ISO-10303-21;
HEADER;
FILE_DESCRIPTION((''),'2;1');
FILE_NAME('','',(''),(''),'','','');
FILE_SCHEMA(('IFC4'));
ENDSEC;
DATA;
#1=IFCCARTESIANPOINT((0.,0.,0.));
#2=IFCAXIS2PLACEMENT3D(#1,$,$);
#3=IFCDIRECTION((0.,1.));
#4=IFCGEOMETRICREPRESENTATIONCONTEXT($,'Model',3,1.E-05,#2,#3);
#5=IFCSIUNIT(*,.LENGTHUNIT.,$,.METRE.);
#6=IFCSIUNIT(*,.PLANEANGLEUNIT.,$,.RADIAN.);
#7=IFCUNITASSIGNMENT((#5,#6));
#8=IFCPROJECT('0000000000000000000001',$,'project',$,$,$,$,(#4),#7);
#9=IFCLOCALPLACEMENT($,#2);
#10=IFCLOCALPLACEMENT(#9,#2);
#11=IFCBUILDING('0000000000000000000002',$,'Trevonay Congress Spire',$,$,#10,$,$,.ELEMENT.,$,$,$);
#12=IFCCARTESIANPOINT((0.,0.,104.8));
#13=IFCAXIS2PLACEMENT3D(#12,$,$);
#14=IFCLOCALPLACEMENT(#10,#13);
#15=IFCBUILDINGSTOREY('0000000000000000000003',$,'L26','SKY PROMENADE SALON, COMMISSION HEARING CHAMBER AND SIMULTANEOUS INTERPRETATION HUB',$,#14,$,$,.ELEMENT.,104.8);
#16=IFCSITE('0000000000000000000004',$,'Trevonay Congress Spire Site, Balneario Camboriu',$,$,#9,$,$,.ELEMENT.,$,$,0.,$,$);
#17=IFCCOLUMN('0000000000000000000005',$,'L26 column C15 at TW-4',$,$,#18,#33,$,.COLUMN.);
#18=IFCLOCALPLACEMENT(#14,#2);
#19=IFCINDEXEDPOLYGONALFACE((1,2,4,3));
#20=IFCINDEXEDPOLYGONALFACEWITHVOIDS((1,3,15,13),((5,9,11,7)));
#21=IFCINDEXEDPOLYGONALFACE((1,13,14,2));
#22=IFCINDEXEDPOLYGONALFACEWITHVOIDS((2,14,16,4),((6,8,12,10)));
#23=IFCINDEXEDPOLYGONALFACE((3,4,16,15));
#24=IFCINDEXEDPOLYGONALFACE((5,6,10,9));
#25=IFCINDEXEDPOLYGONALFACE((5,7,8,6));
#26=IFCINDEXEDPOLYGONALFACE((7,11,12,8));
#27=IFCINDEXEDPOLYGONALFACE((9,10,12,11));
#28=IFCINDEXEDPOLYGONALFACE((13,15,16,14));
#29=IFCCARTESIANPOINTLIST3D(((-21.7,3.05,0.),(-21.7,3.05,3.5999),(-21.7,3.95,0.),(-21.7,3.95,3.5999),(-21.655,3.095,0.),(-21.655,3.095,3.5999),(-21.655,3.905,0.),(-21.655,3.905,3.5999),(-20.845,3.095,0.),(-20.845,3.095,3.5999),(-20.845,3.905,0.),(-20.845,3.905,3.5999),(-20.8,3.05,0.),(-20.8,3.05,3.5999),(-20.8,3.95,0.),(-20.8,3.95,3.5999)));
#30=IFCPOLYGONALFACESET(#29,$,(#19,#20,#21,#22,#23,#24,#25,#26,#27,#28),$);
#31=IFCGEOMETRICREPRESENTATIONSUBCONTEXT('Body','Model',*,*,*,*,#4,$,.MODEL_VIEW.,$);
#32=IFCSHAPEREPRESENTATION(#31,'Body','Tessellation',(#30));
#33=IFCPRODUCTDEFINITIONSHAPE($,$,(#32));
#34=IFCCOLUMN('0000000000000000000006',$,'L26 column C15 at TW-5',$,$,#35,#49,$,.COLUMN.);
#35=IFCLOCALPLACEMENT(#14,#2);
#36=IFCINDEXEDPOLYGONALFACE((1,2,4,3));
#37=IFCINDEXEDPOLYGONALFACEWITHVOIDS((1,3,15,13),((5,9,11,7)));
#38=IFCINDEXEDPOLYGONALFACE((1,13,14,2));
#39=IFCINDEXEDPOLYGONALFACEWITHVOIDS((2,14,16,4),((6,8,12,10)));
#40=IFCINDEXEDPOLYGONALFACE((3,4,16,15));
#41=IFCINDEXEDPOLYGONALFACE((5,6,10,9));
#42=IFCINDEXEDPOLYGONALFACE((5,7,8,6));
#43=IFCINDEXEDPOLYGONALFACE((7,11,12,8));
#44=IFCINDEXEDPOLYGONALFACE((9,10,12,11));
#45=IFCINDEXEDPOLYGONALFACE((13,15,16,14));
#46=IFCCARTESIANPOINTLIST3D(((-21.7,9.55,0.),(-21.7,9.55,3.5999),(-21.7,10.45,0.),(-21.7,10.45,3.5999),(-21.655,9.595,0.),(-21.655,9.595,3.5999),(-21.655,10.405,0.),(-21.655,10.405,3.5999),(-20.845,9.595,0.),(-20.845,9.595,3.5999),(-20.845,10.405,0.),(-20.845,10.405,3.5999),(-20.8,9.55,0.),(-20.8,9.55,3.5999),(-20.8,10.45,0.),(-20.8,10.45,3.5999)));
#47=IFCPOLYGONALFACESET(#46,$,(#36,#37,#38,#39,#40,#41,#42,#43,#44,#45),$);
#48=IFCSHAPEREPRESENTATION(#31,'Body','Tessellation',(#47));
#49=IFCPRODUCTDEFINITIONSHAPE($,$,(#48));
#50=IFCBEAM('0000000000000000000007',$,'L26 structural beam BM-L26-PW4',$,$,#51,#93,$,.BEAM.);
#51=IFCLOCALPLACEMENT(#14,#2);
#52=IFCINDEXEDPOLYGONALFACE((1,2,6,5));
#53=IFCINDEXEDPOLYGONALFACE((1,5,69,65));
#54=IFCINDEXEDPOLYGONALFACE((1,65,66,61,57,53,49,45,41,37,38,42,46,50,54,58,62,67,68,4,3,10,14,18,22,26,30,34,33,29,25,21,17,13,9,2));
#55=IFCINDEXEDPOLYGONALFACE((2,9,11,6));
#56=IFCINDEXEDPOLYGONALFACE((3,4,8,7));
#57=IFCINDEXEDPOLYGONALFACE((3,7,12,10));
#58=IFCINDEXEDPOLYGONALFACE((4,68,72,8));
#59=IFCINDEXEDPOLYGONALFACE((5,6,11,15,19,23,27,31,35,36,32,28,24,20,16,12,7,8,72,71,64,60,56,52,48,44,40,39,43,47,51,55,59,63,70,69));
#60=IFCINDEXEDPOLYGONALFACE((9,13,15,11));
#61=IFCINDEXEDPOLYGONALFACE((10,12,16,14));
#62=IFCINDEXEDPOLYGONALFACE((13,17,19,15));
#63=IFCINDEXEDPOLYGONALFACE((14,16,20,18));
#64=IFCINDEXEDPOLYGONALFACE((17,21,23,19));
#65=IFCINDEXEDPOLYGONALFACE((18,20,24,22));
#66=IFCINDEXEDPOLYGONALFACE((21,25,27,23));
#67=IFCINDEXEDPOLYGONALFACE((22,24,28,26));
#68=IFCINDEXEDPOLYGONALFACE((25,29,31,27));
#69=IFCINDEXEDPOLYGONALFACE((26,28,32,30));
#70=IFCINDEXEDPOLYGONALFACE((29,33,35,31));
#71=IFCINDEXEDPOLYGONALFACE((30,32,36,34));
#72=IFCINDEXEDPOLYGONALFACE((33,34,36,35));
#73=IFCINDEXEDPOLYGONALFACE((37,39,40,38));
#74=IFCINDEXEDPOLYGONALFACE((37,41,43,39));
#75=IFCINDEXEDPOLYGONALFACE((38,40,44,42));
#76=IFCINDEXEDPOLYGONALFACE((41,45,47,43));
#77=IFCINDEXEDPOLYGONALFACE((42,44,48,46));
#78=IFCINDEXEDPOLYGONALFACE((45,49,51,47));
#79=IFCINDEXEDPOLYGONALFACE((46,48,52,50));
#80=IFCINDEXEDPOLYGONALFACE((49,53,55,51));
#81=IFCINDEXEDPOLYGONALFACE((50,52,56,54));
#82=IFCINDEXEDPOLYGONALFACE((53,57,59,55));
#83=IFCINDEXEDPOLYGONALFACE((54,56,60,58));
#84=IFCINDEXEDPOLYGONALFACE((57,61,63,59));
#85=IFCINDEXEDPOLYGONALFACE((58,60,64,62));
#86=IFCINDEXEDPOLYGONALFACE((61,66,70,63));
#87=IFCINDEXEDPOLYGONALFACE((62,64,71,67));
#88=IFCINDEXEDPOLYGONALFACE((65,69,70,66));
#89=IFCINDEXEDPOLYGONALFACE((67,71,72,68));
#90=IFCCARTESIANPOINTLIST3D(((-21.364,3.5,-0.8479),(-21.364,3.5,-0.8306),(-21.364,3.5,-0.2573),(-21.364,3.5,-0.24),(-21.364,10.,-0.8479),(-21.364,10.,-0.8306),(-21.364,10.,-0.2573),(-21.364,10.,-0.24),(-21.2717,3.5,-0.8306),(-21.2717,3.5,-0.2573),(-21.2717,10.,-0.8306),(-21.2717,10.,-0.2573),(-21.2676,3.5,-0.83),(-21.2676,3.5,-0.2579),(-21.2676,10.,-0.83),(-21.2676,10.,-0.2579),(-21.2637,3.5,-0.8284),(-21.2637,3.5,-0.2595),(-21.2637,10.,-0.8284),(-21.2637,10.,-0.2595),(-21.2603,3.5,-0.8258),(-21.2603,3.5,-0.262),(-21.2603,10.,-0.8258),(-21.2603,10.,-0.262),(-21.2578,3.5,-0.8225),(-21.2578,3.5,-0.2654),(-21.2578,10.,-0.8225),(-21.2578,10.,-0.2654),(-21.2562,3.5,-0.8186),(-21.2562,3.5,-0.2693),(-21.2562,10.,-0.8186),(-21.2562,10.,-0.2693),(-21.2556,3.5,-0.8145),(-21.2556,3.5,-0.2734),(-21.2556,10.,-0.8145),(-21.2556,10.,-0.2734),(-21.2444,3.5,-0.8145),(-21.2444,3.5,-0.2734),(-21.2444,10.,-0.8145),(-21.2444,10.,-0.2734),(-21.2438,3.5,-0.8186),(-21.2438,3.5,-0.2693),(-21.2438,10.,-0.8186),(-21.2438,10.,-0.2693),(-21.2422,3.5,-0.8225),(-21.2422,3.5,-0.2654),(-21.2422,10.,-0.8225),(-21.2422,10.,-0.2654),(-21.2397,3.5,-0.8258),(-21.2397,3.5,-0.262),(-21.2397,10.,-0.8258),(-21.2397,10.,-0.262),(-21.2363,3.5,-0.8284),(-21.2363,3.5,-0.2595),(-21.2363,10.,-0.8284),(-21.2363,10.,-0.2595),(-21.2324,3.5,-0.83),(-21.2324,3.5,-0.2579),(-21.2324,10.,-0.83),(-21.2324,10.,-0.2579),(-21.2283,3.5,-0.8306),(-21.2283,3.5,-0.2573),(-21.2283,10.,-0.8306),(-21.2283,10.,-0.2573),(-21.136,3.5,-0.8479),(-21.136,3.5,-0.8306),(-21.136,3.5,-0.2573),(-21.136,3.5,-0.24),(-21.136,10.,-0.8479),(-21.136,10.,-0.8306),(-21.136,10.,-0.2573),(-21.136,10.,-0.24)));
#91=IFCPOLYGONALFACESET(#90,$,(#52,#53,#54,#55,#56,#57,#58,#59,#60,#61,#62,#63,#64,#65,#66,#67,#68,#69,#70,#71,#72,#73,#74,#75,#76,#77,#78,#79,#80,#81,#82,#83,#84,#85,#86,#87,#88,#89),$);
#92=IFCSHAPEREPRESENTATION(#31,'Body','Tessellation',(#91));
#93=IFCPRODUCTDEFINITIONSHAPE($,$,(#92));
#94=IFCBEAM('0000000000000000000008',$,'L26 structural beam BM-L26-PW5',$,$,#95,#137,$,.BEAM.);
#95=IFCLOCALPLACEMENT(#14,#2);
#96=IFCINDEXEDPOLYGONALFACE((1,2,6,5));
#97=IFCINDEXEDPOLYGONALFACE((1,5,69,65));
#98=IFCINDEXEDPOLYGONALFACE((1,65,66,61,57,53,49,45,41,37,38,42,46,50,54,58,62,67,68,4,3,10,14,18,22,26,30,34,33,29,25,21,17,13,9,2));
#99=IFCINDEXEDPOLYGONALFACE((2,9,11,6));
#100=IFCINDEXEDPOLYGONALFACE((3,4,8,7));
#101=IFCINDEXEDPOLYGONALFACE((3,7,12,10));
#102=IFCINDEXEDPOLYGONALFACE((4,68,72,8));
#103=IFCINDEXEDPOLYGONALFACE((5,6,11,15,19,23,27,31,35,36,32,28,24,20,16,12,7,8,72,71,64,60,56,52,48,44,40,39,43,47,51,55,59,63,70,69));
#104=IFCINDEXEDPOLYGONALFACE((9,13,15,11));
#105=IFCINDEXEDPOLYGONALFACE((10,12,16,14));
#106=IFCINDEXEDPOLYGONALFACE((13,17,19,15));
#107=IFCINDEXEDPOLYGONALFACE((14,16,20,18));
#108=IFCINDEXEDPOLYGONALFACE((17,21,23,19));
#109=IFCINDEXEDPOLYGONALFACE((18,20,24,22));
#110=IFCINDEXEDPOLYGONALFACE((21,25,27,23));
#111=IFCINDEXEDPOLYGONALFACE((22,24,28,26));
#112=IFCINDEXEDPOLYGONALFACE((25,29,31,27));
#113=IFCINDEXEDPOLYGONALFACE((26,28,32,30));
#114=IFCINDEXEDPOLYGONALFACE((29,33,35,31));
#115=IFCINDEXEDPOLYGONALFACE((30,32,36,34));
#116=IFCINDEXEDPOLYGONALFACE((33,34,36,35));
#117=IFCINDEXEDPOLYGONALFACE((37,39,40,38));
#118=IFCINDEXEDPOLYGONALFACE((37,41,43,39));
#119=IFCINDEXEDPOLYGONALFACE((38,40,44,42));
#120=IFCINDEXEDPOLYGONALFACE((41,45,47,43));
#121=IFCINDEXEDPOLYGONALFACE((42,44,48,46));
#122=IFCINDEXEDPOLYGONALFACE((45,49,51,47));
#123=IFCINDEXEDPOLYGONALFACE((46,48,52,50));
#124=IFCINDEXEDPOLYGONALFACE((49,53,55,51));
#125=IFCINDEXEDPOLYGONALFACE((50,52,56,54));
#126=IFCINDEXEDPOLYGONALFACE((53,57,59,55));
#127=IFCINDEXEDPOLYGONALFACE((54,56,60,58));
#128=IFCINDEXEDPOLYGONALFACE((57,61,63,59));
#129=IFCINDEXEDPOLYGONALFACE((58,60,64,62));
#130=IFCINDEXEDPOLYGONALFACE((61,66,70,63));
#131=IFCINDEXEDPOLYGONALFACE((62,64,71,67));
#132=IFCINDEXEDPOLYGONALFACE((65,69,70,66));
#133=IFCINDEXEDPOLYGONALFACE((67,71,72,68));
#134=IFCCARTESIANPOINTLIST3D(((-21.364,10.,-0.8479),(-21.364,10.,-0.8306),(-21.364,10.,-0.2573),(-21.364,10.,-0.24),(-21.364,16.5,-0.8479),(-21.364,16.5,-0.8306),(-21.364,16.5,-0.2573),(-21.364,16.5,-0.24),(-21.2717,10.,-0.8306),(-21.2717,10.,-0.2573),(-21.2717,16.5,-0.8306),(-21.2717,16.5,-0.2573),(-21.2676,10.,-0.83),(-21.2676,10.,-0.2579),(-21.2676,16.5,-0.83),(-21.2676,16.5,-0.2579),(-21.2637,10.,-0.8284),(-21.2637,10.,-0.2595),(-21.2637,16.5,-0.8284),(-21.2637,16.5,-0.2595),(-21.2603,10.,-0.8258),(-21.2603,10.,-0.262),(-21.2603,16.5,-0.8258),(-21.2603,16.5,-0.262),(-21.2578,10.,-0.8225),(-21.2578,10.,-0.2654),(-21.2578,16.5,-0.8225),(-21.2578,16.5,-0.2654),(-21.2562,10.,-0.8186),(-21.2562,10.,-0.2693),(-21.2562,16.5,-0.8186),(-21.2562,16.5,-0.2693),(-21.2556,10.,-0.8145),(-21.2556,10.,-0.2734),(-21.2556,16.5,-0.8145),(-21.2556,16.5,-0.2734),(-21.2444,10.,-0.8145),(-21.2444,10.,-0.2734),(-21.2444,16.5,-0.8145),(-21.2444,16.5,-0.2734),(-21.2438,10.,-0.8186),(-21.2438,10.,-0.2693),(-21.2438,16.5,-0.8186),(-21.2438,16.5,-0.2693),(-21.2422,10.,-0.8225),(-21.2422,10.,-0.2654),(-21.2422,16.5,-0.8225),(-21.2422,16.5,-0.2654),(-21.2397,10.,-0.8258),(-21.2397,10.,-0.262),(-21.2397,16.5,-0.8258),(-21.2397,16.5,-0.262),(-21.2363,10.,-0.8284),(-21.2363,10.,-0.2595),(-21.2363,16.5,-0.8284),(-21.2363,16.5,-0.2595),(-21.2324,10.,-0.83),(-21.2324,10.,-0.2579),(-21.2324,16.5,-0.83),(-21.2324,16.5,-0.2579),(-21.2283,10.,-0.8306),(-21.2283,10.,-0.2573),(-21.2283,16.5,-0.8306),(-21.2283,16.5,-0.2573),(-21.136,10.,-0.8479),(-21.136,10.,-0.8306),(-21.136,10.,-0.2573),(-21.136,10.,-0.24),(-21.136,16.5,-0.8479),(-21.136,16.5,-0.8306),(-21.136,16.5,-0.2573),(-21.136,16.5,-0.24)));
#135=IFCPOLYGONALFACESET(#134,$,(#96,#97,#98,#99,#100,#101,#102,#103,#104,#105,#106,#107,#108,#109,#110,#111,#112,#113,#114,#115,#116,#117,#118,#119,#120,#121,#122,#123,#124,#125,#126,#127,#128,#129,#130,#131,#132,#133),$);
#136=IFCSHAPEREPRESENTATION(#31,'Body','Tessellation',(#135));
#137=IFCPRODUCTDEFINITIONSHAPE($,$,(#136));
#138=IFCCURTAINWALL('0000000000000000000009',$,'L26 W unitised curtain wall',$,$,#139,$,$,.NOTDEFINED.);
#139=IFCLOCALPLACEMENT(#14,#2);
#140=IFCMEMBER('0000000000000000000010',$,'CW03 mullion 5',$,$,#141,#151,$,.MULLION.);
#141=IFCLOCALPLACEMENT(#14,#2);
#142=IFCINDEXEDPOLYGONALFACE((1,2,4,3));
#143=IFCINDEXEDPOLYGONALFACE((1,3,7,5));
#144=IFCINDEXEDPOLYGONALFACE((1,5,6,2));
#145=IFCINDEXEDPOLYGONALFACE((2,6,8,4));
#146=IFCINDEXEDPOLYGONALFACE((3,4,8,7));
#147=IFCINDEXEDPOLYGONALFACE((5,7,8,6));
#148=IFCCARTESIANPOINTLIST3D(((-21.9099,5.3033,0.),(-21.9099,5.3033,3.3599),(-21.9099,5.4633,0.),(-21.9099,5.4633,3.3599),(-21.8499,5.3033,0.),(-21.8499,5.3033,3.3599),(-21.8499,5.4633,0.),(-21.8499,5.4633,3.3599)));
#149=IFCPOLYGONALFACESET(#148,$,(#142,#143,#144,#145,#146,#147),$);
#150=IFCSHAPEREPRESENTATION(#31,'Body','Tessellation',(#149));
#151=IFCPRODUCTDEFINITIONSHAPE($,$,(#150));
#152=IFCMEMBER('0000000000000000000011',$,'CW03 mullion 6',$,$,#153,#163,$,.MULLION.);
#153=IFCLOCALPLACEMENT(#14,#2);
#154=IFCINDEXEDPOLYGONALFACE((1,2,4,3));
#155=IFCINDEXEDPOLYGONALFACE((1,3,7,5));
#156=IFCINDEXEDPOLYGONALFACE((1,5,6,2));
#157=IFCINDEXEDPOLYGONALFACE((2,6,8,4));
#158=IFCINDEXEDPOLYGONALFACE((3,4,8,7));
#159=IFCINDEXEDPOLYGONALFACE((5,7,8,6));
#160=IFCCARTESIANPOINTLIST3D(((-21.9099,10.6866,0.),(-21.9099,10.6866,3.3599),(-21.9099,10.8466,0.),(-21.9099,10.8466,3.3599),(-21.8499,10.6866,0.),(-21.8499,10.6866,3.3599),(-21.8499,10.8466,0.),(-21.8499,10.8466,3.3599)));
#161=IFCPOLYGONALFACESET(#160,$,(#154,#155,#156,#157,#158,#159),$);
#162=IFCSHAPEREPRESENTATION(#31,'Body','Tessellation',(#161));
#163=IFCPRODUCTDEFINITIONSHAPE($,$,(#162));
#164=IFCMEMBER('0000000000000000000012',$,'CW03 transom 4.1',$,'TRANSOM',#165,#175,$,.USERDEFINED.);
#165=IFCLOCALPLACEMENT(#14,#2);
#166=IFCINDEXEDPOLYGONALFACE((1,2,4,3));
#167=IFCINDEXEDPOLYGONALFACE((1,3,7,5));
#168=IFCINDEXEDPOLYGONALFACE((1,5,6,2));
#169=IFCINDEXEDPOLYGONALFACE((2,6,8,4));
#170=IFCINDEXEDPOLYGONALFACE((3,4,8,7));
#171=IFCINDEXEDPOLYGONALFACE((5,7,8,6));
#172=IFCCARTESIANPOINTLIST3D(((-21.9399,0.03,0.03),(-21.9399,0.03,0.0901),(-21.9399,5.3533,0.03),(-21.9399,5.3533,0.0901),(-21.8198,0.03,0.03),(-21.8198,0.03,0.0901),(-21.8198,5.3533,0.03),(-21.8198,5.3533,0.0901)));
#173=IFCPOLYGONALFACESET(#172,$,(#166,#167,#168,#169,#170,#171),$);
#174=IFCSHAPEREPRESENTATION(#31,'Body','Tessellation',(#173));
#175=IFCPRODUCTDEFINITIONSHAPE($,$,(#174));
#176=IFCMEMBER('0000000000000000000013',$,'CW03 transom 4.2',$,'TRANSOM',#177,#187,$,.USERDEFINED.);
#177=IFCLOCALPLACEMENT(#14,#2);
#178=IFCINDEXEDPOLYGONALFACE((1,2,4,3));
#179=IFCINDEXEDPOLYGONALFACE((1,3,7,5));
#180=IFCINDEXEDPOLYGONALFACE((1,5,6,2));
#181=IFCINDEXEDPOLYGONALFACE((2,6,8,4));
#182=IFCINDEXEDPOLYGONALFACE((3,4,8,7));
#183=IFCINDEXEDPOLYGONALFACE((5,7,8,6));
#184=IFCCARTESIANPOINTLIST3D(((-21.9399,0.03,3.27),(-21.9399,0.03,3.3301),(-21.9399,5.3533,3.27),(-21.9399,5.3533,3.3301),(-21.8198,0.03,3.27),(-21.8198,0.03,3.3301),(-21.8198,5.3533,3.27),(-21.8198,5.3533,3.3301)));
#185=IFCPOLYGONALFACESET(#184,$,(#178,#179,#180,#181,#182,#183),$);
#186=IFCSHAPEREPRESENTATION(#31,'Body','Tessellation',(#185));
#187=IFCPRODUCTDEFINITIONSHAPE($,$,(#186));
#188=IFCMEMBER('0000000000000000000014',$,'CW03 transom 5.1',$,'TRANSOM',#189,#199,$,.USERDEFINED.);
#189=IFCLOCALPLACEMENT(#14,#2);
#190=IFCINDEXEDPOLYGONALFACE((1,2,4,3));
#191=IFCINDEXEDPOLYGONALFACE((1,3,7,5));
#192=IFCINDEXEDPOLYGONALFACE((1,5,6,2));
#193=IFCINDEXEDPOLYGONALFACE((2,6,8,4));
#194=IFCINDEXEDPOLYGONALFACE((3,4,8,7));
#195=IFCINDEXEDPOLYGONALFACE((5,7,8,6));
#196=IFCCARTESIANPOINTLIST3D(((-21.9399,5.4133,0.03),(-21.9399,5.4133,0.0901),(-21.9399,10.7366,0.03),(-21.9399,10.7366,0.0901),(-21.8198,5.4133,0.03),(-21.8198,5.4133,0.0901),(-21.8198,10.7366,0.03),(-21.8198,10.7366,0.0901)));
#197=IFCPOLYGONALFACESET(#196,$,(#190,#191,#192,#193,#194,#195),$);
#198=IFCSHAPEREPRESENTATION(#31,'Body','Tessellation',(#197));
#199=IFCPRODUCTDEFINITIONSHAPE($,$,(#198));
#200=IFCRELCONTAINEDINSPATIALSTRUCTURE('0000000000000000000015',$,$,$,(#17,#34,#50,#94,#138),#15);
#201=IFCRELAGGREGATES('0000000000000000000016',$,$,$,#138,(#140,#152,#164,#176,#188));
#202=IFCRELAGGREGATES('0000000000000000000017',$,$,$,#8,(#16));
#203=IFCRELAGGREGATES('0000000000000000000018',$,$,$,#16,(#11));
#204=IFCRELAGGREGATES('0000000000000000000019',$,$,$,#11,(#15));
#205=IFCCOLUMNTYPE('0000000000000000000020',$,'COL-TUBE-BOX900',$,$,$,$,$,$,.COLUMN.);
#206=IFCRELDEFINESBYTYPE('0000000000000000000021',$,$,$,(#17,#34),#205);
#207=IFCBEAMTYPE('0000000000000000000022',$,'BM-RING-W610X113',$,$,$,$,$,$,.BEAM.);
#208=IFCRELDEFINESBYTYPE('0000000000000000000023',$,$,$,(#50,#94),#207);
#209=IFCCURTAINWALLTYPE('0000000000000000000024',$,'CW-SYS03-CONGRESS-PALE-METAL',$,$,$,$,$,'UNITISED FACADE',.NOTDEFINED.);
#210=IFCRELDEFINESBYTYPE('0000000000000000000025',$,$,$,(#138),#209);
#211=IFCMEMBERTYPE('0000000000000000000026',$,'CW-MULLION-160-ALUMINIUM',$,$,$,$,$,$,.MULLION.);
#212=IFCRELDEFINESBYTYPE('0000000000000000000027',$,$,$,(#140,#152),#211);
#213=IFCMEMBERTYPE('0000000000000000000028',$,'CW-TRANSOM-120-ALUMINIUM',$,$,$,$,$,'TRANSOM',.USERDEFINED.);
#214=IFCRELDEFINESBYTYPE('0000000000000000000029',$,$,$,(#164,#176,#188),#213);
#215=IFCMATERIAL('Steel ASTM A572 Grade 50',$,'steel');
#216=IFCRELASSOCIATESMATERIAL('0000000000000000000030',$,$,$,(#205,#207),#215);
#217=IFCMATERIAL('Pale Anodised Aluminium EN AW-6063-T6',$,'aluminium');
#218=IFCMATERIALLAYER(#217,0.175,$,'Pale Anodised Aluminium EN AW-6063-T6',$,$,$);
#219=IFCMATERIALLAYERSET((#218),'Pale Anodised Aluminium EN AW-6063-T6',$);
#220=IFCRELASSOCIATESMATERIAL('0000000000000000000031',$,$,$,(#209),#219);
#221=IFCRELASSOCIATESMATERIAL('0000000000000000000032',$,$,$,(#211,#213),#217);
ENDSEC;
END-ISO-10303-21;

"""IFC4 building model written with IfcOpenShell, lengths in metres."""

from ifc_helpers import new_model, si_unit, direction, frame, origin, origin_2d, place, context, subcontext, project, spatial, rectangle, hollow_rectangle, i_section, extrude, material, layer, layer_set, material_profile, profile_set, type_object, element, aggregate, save


model = new_model("IFC4")

# Units and contexts
model_context = context("Model", 3, precision=1e-05, world=origin(), true_north=direction((0.0, 1.0)))
body_context = subcontext(model_context, "Body", "Model", "MODEL_VIEW")
ifc_project = project(units=[si_unit("LENGTHUNIT", "METRE"), si_unit("PLANEANGLEUNIT", "RADIAN")], contexts=[model_context])

# Site, building, storey
site_placement = place(None, origin())
site = spatial("IfcSite", under=ifc_project, at=site_placement, Name="Trevonay Congress Spire Site, Balneario Camboriu", CompositionType="ELEMENT", RefElevation=0.0)
building_placement = place(site_placement, origin())
building = spatial("IfcBuilding", under=site, at=building_placement, Name="Trevonay Congress Spire", CompositionType="ELEMENT")
storey_placement = place(building_placement, frame((0.0, 0.0, 104.8)))
storey = spatial("IfcBuildingStorey", under=building, at=storey_placement, Name="L26", Description="SKY PROMENADE SALON, COMMISSION HEARING CHAMBER AND SIMULTANEOUS INTERPRETATION HUB", CompositionType="ELEMENT", Elevation=104.8)

# Columns
ifc_material_1 = material(Name="Steel ASTM A572 Grade 50", Category="steel")
ifc_material_profile_1 = material_profile(ifc_material_1, hollow_rectangle(XDim=0.8999, YDim=0.8999, WallThickness=0.0449, at=origin_2d()), Name="BOX 900x900x45")
ifc_profile_set_1 = profile_set([ifc_material_profile_1], Name="Steel ASTM A572 Grade 50")
column_type = type_object("IfcColumnType", Name="COL-TUBE-BOX900", PredefinedType="COLUMN", material=ifc_profile_set_1)
for number, where, z_axis, x_axis, name in (
    (1, (-21.25, 3.5, 0.0), (0.0, 0.0, 1.0), (1.0, 0.0, 0.0), "L26 column C15 at TW-4"),
    (2, (-21.25, 10.0, 0.0), (0.0, 0.0, 1.0), (1.0, 0.0, 0.0), "L26 column C15 at TW-5"),
):
    element("IfcColumn", number, at=place(storey_placement, frame(where, z_axis=z_axis, x_axis=x_axis)), inside=storey, type_object=column_type, Name=name, PredefinedType="COLUMN", context=body_context, shape_type="SweptSolid", body=[
        extrude(hollow_rectangle(XDim=0.8999, YDim=0.8999, WallThickness=0.0449, at=origin_2d()), origin(), (0.0, 0.0, 1.0), 3.5999),
    ])

# Beams
ifc_material_profile_2 = material_profile(ifc_material_1, i_section(OverallWidth=0.228, OverallDepth=0.6079, WebThickness=0.0112, FlangeThickness=0.0173, FilletRadius=0.0161, at=origin_2d()), Name="W610x113")
ifc_profile_set_2 = profile_set([ifc_material_profile_2], Name="Steel ASTM A572 Grade 50")
beam_type = type_object("IfcBeamType", Name="BM-RING-W610X113", PredefinedType="BEAM", material=ifc_profile_set_2)
for number, where, z_axis, x_axis, name in (
    (3, (-21.25, 3.5, -0.5439), (0.0, 1.0, 0.0), (-1.0, 0.0, 0.0), "L26 structural beam BM-L26-PW4"),
    (4, (-21.25, 10.0, -0.5439), (0.0, 1.0, 0.0), (-1.0, 0.0, 0.0), "L26 structural beam BM-L26-PW5"),
):
    element("IfcBeam", number, at=place(storey_placement, frame(where, z_axis=z_axis, x_axis=x_axis)), inside=storey, type_object=beam_type, Name=name, PredefinedType="BEAM", context=body_context, shape_type="SweptSolid", body=[
        extrude(i_section(OverallWidth=0.228, OverallDepth=0.6079, WebThickness=0.0112, FlangeThickness=0.0173, FilletRadius=0.0161, at=origin_2d()), origin(), (0.0, 0.0, 1.0), 6.5),
    ])

# Curtain wall, members
ifc_material_2 = material(Name="Pale Anodised Aluminium EN AW-6063-T6", Category="aluminium")
ifc_layer_1 = layer(ifc_material_2, 0.175, Name="Pale Anodised Aluminium EN AW-6063-T6")
ifc_layer_set_1 = layer_set([ifc_layer_1], Name="Pale Anodised Aluminium EN AW-6063-T6")
curtain_wall_type = type_object("IfcCurtainWallType", Name="CW-SYS03-CONGRESS-PALE-METAL", ElementType="UNITISED FACADE", PredefinedType="NOTDEFINED", material=ifc_layer_set_1)
curtain_wall_placement = place(storey_placement, origin())
curtain_wall = element("IfcCurtainWall", 5, at=curtain_wall_placement, inside=storey, type_object=curtain_wall_type, Name="L26 W unitised curtain wall", PredefinedType="NOTDEFINED")
ifc_material_profile_3 = material_profile(ifc_material_2, rectangle(XDim=0.0601, YDim=0.1599, at=origin_2d()), Name="CW-MULLION-160-ALUMINIUM")
ifc_profile_set_3 = profile_set([ifc_material_profile_3], Name="Pale Anodised Aluminium EN AW-6063-T6")
member_type_1 = type_object("IfcMemberType", Name="CW-MULLION-160-ALUMINIUM", PredefinedType="MULLION", material=ifc_profile_set_3)
member_1_placement = place(storey_placement, frame((-21.8799, 5.3833, 0.0), z_axis=(0.0, 0.0, 1.0), x_axis=(-1.0, 0.0, 0.0)))
member_1 = element("IfcMember", 6, at=member_1_placement, type_object=member_type_1, Name="CW03 mullion 5", PredefinedType="MULLION", context=body_context, shape_type="SweptSolid", body=[
    extrude(rectangle(XDim=0.0601, YDim=0.1599, at=origin_2d()), origin(), (0.0, 0.0, 1.0), 3.3599),
])
member_2_placement = place(storey_placement, frame((-21.8799, 10.7666, 0.0), z_axis=(0.0, 0.0, 1.0), x_axis=(-1.0, 0.0, 0.0)))
member_2 = element("IfcMember", 7, at=member_2_placement, type_object=member_type_1, Name="CW03 mullion 6", PredefinedType="MULLION", context=body_context, shape_type="SweptSolid", body=[
    extrude(rectangle(XDim=0.0601, YDim=0.1599, at=origin_2d()), origin(), (0.0, 0.0, 1.0), 3.3599),
])
ifc_material_profile_4 = material_profile(ifc_material_2, rectangle(XDim=0.1201, YDim=0.0601, at=origin_2d()), Name="CW-TRANSOM-120-ALUMINIUM")
ifc_profile_set_4 = profile_set([ifc_material_profile_4], Name="Pale Anodised Aluminium EN AW-6063-T6")
member_type_2 = type_object("IfcMemberType", Name="CW-TRANSOM-120-ALUMINIUM", ElementType="TRANSOM", PredefinedType="USERDEFINED", material=ifc_profile_set_4)
member_3_placement = place(storey_placement, frame((-21.8799, 0.03, 0.0601), z_axis=(0.0, 1.0, 0.0), x_axis=(-1.0, 0.0, 0.0)))
member_3 = element("IfcMember", 8, at=member_3_placement, type_object=member_type_2, Name="CW03 transom 4.1", ObjectType="TRANSOM", PredefinedType="USERDEFINED", context=body_context, shape_type="SweptSolid", body=[
    extrude(rectangle(XDim=0.1201, YDim=0.0601, at=origin_2d()), origin(), (0.0, 0.0, 1.0), 5.3232),
])
member_4_placement = place(storey_placement, frame((-21.8799, 0.03, 3.3), z_axis=(0.0, 1.0, 0.0), x_axis=(-1.0, 0.0, 0.0)))
member_4 = element("IfcMember", 9, at=member_4_placement, type_object=member_type_2, Name="CW03 transom 4.2", ObjectType="TRANSOM", PredefinedType="USERDEFINED", context=body_context, shape_type="SweptSolid", body=[
    extrude(rectangle(XDim=0.1201, YDim=0.0601, at=origin_2d()), origin(), (0.0, 0.0, 1.0), 5.3232),
])
member_5_placement = place(storey_placement, frame((-21.8799, 5.4133, 0.0601), z_axis=(0.0, 1.0, 0.0), x_axis=(-1.0, 0.0, 0.0)))
member_5 = element("IfcMember", 10, at=member_5_placement, type_object=member_type_2, Name="CW03 transom 5.1", ObjectType="TRANSOM", PredefinedType="USERDEFINED", context=body_context, shape_type="SweptSolid", body=[
    extrude(rectangle(XDim=0.1201, YDim=0.0601, at=origin_2d()), origin(), (0.0, 0.0, 1.0), 5.3232),
])
aggregate(curtain_wall, [member_1, member_2, member_3, member_4, member_5])

save(model, "model.ifc")
